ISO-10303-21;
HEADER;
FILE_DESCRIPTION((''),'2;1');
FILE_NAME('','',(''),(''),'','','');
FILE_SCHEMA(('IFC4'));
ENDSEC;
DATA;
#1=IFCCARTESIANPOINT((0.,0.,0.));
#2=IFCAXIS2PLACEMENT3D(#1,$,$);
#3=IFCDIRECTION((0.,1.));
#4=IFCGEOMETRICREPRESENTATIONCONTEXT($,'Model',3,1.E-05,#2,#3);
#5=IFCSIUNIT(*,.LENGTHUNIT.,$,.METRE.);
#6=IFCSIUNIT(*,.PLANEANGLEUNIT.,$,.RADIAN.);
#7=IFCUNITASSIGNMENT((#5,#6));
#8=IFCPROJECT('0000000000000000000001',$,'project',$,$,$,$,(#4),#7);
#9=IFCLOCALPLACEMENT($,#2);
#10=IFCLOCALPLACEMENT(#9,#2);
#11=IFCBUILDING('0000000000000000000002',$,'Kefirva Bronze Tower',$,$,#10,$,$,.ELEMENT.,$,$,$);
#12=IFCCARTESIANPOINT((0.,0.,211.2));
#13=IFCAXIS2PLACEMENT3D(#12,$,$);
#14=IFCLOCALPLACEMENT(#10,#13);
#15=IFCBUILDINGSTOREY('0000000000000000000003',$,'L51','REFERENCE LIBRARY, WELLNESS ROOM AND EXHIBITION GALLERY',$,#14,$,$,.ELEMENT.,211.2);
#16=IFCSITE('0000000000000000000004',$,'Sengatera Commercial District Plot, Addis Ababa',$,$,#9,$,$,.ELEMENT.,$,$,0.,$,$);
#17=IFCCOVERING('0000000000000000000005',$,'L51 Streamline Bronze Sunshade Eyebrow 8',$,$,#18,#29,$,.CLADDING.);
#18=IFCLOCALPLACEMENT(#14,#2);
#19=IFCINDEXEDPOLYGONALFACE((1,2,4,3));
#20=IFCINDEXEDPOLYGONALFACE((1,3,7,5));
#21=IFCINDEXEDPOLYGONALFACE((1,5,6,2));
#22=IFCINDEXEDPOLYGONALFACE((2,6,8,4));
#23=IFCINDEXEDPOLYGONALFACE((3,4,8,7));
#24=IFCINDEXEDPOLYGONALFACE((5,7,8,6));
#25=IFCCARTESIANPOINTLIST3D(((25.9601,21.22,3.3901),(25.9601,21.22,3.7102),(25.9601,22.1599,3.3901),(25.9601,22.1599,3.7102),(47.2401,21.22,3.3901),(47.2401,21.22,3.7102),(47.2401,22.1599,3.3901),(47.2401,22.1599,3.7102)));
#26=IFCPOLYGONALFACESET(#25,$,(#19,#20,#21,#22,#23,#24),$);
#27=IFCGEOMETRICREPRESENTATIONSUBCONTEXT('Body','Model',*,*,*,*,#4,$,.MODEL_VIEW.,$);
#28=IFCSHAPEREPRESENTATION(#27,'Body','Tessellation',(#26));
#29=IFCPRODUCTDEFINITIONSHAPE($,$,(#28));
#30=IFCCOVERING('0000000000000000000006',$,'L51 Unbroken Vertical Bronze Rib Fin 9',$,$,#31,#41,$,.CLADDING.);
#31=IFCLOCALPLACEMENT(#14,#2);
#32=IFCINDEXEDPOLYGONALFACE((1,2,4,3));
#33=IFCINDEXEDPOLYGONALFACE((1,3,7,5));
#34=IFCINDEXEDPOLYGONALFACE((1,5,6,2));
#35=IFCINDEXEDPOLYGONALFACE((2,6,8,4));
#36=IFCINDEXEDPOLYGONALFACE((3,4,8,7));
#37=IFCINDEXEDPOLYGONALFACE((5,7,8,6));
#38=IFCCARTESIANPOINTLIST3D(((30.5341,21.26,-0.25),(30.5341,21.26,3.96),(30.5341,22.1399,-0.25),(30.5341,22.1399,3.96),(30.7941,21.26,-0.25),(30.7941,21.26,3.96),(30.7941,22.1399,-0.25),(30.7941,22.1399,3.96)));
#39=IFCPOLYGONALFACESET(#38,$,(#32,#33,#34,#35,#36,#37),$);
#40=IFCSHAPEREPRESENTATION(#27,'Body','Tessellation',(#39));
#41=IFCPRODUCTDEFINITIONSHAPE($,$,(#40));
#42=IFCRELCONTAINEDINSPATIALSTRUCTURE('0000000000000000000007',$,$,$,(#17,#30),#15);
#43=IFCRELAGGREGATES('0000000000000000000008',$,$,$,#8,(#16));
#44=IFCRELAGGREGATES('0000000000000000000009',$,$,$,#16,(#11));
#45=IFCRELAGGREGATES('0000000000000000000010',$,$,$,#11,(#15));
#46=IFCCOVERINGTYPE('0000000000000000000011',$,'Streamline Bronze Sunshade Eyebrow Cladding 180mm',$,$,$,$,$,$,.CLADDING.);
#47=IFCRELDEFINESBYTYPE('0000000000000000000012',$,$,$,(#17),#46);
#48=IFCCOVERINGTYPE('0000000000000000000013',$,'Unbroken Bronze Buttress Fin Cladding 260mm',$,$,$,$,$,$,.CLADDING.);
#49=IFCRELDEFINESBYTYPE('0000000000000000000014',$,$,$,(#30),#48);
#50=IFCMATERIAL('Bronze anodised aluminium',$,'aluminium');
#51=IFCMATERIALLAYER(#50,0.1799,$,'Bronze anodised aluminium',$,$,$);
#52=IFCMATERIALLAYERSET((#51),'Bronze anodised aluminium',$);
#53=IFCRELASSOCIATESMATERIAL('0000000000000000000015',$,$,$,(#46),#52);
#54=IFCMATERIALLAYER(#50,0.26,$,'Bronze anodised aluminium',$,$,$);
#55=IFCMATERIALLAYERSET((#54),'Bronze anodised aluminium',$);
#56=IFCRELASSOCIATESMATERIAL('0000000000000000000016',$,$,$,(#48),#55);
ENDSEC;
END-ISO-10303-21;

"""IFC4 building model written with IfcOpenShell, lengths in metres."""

from ifc_helpers import new_model, si_unit, direction, frame, origin, origin_2d, place, context, subcontext, project, spatial, rectangle, extrude, material, layer, layer_set, type_object, element, save


model = new_model("IFC4")

# Units and contexts
model_context = context("Model", 3, precision=1e-05, world=origin(), true_north=direction((0.0, 1.0)))
body_context = subcontext(model_context, "Body", "Model", "MODEL_VIEW")
ifc_project = project(units=[si_unit("LENGTHUNIT", "METRE"), si_unit("PLANEANGLEUNIT", "RADIAN")], contexts=[model_context])

# Site, building, storey
site_placement = place(None, origin())
site = spatial("IfcSite", under=ifc_project, at=site_placement, Name="Sengatera Commercial District Plot, Addis Ababa", CompositionType="ELEMENT", RefElevation=0.0)
building_placement = place(site_placement, origin())
building = spatial("IfcBuilding", under=site, at=building_placement, Name="Kefirva Bronze Tower", CompositionType="ELEMENT")
storey_placement = place(building_placement, frame((0.0, 0.0, 211.2)))
storey = spatial("IfcBuildingStorey", under=building, at=storey_placement, Name="L51", Description="REFERENCE LIBRARY, WELLNESS ROOM AND EXHIBITION GALLERY", CompositionType="ELEMENT", Elevation=211.2)

# Shared definitions
ifc_material_1 = material(Name="Bronze anodised aluminium", Category="aluminium")

# Coverings
ifc_layer_1 = layer(ifc_material_1, 0.1799, Name="Bronze anodised aluminium")
ifc_layer_set_1 = layer_set([ifc_layer_1], Name="Bronze anodised aluminium")
covering_type_1 = type_object("IfcCoveringType", Name="Streamline Bronze Sunshade Eyebrow Cladding 180mm", PredefinedType="CLADDING", material=ifc_layer_set_1)
covering_1_placement = place(storey_placement, frame((36.6001, 21.6899, 3.3901), z_axis=(0.0, 0.0, 1.0), x_axis=(1.0, 0.0, 0.0)))
element("IfcCovering", 1, at=covering_1_placement, inside=storey, type_object=covering_type_1, Name="L51 Streamline Bronze Sunshade Eyebrow 8", PredefinedType="CLADDING", context=body_context, shape_type="SweptSolid", body=[
    extrude(rectangle(XDim=21.28, YDim=0.9399, at=origin_2d()), origin(), (0.0, 0.0, 1.0), 0.3201),
])
ifc_layer_2 = layer(ifc_material_1, 0.26, Name="Bronze anodised aluminium")
ifc_layer_set_2 = layer_set([ifc_layer_2], Name="Bronze anodised aluminium")
covering_type_2 = type_object("IfcCoveringType", Name="Unbroken Bronze Buttress Fin Cladding 260mm", PredefinedType="CLADDING", material=ifc_layer_set_2)
covering_2_placement = place(storey_placement, frame((30.6641, 21.7, -0.25), z_axis=(0.0, 0.0, 1.0), x_axis=(1.0, 0.0, 0.0)))
element("IfcCovering", 2, at=covering_2_placement, inside=storey, type_object=covering_type_2, Name="L51 Unbroken Vertical Bronze Rib Fin 9", PredefinedType="CLADDING", context=body_context, shape_type="SweptSolid", body=[
    extrude(rectangle(XDim=0.26, YDim=0.8799, at=origin_2d()), origin(), (0.0, 0.0, 1.0), 4.21),
])

save(model, "model.ifc")
